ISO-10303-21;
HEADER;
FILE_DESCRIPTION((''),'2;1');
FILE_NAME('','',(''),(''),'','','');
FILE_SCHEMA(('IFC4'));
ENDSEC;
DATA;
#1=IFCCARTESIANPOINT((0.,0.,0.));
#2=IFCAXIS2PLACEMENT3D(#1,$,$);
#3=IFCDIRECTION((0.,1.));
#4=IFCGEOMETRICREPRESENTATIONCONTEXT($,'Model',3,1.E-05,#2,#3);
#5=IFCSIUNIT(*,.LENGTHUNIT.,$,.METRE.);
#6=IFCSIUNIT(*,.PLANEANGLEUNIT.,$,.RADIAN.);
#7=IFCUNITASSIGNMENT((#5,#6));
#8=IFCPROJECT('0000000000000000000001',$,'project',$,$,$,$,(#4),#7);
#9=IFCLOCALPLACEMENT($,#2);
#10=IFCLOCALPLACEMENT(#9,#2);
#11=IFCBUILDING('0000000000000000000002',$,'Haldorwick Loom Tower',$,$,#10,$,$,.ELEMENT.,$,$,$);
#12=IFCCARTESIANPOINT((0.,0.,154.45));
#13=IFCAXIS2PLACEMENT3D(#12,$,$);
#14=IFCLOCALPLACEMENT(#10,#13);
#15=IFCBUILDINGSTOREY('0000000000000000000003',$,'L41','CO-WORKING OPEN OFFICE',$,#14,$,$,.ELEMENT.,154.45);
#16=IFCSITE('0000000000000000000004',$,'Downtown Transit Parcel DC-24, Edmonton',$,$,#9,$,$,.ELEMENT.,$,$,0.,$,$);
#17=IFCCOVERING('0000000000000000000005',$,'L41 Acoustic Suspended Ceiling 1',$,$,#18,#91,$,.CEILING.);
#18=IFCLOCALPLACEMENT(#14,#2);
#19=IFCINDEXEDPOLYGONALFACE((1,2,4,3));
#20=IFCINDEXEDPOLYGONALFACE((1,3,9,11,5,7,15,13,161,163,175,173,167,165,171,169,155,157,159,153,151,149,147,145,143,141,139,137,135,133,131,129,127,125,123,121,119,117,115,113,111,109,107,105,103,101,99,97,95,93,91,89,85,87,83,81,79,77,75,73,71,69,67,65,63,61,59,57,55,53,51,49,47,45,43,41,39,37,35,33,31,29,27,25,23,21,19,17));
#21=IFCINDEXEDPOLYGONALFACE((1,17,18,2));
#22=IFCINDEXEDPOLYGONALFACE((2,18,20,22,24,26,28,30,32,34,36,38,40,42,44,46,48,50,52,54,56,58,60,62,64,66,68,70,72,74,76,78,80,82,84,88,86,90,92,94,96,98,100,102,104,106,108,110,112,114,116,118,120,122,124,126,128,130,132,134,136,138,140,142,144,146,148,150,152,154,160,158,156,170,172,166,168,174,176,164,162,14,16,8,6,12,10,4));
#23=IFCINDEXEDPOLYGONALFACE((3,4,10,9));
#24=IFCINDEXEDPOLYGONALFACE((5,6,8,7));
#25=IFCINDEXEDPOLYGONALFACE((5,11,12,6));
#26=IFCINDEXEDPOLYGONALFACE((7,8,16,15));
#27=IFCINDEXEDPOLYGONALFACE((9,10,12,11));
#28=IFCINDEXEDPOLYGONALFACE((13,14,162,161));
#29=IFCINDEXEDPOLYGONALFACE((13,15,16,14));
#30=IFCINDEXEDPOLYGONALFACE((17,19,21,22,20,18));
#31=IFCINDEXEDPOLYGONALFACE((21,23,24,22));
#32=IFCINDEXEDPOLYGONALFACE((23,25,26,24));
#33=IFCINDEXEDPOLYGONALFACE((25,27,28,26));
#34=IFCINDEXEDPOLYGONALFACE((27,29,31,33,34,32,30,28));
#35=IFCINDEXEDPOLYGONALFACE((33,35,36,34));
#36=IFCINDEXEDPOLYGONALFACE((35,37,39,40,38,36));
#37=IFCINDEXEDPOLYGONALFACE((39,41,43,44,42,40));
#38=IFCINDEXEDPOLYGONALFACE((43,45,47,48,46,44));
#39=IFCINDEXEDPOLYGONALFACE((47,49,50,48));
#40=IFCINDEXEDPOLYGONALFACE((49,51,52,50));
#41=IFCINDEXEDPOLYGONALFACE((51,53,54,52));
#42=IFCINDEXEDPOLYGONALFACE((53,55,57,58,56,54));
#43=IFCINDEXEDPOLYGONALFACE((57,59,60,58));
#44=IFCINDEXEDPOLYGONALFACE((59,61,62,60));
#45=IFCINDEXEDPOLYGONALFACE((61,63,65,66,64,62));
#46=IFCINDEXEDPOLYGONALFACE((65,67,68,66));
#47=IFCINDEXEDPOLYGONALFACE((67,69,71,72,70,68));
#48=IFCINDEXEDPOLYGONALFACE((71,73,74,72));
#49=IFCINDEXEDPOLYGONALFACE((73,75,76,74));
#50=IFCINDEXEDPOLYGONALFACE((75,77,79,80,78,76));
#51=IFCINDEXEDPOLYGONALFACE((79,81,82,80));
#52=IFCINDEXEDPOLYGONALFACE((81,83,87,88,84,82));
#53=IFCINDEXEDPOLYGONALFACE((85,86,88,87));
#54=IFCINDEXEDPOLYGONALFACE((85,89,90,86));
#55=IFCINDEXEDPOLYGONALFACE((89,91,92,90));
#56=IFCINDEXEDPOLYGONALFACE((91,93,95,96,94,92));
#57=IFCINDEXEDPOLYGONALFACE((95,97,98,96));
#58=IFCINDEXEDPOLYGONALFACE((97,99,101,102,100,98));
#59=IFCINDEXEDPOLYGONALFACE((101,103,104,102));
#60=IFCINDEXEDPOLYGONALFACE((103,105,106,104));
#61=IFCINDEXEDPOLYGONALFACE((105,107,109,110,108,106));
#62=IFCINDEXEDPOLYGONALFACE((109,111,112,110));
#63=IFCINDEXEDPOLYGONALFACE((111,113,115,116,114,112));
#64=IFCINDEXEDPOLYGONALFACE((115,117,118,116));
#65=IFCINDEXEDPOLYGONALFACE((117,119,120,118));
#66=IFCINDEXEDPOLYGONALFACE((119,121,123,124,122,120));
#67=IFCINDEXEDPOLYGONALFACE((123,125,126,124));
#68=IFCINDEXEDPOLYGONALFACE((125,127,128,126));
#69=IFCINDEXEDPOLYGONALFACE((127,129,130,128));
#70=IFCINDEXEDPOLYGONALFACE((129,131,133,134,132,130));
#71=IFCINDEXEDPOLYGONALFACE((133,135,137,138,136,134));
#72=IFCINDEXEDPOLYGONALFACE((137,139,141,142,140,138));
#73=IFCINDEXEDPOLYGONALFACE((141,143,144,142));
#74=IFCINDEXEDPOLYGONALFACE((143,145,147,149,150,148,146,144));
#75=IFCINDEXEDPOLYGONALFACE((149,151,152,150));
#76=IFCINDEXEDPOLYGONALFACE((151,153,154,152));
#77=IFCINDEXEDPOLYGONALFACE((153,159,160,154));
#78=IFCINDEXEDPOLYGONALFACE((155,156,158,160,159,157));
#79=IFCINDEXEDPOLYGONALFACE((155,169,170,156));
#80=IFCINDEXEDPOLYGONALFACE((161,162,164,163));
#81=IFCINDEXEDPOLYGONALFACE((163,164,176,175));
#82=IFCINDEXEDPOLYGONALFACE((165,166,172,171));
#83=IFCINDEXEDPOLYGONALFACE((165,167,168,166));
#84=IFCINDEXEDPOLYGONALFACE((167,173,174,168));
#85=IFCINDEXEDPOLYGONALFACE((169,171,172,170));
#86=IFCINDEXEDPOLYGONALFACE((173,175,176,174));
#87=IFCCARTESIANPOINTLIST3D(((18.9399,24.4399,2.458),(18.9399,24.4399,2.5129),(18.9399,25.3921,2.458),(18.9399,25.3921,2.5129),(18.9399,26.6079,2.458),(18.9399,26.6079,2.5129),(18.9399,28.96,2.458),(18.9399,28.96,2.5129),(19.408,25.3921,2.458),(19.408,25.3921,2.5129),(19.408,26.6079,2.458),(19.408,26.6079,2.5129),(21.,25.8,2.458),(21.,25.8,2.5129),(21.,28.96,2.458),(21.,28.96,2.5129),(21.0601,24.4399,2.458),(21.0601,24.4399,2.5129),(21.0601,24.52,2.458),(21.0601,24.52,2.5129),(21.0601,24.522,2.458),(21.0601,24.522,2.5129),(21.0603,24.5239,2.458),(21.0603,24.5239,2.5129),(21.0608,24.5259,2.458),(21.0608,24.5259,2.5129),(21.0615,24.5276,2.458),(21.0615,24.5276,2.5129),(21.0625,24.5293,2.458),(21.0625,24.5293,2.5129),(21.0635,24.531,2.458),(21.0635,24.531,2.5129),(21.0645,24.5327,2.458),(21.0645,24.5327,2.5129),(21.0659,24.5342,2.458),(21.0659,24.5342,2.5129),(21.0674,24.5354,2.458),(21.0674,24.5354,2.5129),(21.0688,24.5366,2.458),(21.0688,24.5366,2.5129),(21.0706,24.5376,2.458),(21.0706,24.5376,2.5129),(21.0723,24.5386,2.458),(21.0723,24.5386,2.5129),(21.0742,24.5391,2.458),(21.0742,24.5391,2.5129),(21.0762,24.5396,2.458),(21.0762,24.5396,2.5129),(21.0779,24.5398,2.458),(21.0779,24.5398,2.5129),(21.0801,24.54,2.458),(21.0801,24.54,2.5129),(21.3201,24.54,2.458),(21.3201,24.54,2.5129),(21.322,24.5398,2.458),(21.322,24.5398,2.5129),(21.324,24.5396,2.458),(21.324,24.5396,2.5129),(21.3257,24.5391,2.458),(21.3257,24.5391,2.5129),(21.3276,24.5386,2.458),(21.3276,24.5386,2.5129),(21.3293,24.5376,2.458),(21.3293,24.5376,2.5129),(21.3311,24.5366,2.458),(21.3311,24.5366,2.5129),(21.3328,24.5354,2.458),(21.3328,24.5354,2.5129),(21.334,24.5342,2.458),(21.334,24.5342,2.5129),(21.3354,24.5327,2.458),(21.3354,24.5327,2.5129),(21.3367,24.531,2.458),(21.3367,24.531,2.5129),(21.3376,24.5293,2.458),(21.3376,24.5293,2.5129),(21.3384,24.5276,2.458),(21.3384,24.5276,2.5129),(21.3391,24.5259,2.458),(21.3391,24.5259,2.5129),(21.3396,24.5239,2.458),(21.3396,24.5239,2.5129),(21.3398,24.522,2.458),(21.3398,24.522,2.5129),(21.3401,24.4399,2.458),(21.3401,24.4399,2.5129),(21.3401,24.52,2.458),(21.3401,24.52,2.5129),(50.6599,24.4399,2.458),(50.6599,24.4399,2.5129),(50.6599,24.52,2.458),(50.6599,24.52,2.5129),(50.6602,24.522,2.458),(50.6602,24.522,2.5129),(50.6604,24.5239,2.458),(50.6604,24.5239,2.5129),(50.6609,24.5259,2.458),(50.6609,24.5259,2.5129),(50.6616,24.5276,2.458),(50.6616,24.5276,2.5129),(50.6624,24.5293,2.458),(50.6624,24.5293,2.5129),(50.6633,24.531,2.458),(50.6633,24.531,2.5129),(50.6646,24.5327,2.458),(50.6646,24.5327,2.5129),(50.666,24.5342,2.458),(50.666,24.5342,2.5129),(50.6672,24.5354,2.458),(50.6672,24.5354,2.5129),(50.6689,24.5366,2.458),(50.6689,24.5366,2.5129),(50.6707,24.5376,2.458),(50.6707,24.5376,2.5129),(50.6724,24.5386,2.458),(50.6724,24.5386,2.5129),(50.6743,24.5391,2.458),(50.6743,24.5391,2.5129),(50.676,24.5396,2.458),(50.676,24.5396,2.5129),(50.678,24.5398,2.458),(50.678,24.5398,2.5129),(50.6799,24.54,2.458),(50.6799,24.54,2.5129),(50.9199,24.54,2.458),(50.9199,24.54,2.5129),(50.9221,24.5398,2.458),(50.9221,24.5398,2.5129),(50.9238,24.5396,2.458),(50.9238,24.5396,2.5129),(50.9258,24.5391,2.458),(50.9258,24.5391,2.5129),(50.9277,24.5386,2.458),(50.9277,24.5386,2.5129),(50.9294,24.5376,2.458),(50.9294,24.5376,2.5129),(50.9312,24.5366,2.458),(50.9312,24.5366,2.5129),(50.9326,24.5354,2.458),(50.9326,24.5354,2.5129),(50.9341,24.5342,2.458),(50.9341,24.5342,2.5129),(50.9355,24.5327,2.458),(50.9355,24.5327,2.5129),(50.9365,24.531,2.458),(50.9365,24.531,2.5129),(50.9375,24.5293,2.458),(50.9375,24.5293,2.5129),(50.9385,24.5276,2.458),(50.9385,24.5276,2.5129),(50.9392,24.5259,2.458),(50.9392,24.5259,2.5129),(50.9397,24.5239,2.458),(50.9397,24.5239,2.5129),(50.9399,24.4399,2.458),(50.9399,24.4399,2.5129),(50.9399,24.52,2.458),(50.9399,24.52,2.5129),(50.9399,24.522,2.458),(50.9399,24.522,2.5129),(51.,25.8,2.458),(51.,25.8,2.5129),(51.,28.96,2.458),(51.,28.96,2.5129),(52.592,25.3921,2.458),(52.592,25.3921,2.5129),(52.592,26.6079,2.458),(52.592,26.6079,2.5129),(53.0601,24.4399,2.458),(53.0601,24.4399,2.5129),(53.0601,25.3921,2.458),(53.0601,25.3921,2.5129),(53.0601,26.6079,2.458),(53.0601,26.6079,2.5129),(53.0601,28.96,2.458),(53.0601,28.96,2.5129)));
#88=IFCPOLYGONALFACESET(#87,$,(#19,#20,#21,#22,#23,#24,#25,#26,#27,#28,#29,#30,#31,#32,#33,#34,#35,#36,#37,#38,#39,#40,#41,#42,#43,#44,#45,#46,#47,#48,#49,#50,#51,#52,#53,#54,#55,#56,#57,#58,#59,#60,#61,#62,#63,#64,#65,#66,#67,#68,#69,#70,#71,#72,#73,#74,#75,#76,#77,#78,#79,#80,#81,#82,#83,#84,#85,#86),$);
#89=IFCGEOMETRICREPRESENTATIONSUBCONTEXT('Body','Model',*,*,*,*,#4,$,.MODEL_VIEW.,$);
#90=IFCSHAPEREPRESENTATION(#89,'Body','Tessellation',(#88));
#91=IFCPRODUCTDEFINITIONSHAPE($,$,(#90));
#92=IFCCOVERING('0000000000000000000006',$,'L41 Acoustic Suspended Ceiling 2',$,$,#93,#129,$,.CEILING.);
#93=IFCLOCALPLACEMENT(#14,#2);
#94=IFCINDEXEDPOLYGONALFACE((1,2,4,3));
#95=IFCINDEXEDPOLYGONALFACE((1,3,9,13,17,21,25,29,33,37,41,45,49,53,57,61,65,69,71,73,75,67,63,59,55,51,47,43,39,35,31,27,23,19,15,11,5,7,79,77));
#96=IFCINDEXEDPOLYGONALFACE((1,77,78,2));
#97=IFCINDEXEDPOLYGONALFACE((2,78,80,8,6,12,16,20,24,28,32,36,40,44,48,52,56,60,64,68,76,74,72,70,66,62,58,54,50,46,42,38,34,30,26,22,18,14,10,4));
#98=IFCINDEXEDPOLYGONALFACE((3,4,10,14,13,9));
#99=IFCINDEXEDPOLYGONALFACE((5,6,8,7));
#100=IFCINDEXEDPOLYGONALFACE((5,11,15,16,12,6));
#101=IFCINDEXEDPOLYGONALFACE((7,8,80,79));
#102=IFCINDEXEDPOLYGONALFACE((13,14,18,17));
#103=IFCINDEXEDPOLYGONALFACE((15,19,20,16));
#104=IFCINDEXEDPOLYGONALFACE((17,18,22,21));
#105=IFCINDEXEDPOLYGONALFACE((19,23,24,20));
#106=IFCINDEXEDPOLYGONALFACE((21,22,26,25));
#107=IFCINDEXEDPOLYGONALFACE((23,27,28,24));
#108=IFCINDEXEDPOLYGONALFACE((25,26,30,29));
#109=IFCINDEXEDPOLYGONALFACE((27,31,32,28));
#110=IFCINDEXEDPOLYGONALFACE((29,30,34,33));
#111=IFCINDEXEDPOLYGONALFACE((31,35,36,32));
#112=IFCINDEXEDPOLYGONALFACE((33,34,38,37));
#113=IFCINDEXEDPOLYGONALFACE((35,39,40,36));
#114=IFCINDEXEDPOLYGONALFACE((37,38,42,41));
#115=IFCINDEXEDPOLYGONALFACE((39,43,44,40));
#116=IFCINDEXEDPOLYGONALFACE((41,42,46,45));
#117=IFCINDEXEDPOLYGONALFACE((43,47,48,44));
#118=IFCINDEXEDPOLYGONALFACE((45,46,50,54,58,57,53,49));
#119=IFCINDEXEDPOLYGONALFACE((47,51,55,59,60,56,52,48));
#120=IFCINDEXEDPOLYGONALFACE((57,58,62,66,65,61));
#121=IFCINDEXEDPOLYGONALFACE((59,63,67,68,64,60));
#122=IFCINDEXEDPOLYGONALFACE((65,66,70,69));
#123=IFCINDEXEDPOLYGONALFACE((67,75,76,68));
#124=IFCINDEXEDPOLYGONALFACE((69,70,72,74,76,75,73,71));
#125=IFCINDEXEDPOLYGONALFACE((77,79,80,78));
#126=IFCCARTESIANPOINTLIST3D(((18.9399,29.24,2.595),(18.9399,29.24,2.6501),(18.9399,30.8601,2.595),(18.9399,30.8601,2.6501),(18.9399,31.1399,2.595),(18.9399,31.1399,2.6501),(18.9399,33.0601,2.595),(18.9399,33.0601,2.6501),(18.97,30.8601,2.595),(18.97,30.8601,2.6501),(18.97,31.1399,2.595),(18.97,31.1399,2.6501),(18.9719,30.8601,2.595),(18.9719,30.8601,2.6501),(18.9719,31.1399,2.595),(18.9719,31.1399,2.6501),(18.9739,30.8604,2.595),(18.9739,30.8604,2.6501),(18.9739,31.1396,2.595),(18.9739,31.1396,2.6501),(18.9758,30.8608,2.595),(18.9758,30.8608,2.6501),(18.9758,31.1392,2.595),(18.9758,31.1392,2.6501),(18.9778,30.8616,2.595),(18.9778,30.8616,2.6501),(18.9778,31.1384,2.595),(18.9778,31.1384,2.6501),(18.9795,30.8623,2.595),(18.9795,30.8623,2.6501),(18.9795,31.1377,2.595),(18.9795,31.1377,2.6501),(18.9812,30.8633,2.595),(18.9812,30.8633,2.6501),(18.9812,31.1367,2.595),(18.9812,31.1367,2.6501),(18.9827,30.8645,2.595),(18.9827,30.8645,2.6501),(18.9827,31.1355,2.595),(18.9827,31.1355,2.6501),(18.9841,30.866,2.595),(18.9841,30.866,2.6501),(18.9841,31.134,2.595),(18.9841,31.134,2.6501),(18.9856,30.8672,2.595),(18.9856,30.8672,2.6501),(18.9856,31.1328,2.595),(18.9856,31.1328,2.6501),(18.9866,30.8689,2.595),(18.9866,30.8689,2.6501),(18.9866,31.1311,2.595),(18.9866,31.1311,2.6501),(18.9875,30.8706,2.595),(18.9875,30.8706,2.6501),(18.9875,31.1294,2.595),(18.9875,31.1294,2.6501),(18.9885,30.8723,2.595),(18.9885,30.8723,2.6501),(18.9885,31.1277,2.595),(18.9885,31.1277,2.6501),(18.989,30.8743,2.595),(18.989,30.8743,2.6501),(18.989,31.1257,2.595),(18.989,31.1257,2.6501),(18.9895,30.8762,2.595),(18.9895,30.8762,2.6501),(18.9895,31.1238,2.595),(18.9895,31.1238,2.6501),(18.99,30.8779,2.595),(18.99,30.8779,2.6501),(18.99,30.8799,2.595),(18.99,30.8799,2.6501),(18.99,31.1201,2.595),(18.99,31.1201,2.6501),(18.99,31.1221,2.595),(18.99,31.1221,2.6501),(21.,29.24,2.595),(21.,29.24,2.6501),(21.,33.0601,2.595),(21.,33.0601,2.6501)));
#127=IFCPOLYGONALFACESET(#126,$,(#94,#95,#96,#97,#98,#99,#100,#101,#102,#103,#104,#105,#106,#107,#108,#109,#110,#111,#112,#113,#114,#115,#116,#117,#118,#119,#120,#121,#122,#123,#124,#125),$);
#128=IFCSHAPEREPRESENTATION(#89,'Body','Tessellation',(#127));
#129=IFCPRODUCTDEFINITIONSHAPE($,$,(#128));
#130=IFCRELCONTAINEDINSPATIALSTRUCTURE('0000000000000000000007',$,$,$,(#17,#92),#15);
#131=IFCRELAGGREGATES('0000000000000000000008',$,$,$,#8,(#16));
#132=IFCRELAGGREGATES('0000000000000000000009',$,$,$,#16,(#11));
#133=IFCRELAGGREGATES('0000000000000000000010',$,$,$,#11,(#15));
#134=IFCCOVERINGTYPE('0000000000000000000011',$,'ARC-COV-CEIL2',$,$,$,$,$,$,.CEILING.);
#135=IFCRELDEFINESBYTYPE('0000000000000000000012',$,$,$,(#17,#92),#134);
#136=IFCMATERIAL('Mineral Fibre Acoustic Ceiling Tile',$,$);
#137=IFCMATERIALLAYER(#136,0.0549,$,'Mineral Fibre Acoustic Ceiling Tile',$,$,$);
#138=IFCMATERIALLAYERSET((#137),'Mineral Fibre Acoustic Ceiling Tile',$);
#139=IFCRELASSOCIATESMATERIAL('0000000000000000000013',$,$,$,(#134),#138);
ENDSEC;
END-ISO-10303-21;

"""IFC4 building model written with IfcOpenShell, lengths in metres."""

from ifc_helpers import new_model, si_unit, direction, frame, origin, place, context, subcontext, project, spatial, polyline, outline, extrude, material, layer, layer_set, type_object, element, save


model = new_model("IFC4")

# Units and contexts
model_context = context("Model", 3, precision=1e-05, world=origin(), true_north=direction((0.0, 1.0)))
body_context = subcontext(model_context, "Body", "Model", "MODEL_VIEW")
ifc_project = project(units=[si_unit("LENGTHUNIT", "METRE"), si_unit("PLANEANGLEUNIT", "RADIAN")], contexts=[model_context])

# Site, building, storey
site_placement = place(None, origin())
site = spatial("IfcSite", under=ifc_project, at=site_placement, Name="Downtown Transit Parcel DC-24, Edmonton", CompositionType="ELEMENT", RefElevation=0.0)
building_placement = place(site_placement, origin())
building = spatial("IfcBuilding", under=site, at=building_placement, Name="Haldorwick Loom Tower", CompositionType="ELEMENT")
storey_placement = place(building_placement, frame((0.0, 0.0, 154.45)))
storey = spatial("IfcBuildingStorey", under=building, at=storey_placement, Name="L41", Description="CO-WORKING OPEN OFFICE", CompositionType="ELEMENT", Elevation=154.45)

# Coverings
ifc_material_1 = material(Name="Mineral Fibre Acoustic Ceiling Tile")
ifc_layer_1 = layer(ifc_material_1, 0.0549, Name="Mineral Fibre Acoustic Ceiling Tile")
ifc_layer_set_1 = layer_set([ifc_layer_1], Name="Mineral Fibre Acoustic Ceiling Tile")
covering_type_1 = type_object("IfcCoveringType", Name="ARC-COV-CEIL2", PredefinedType="CEILING", material=ifc_layer_set_1)
covering_1_placement = place(storey_placement, frame((0.0, 0.0, 2.458)))
element("IfcCovering", 1, at=covering_1_placement, inside=storey, type_object=covering_type_1, Name="L41 Acoustic Suspended Ceiling 1", PredefinedType="CEILING", context=body_context, shape_type="SweptSolid", body=[
    extrude(outline(polyline([(51.0, 28.96), (51.0, 25.8), (21.0, 25.8), (21.0, 28.96), (18.9399, 28.96), (18.9399, 26.6079), (19.408, 26.6079), (19.408, 25.3921), (18.9399, 25.3921), (18.9399, 24.4399), (21.0601, 24.4399), (21.0601, 24.52), (21.0601, 24.522), (21.0603, 24.5239), (21.0608, 24.5259), (21.0615, 24.5276), (21.0625, 24.5293), (21.0635, 24.531), (21.0645, 24.5327), (21.0659, 24.5342), (21.0674, 24.5354), (21.0688, 24.5366), (21.0706, 24.5376), (21.0723, 24.5386), (21.0742, 24.5391), (21.0762, 24.5396), (21.0779, 24.5398), (21.0801, 24.54), (21.3201, 24.54), (21.322, 24.5398), (21.324, 24.5396), (21.3257, 24.5391), (21.3276, 24.5386), (21.3293, 24.5376), (21.3311, 24.5366), (21.3328, 24.5354), (21.334, 24.5342), (21.3354, 24.5327), (21.3367, 24.531), (21.3376, 24.5293), (21.3384, 24.5276), (21.3391, 24.5259), (21.3396, 24.5239), (21.3398, 24.522), (21.3401, 24.52), (21.3401, 24.4399), (50.6599, 24.4399), (50.6599, 24.52), (50.6602, 24.522), (50.6604, 24.5239), (50.6609, 24.5259), (50.6616, 24.5276), (50.6624, 24.5293), (50.6633, 24.531), (50.6646, 24.5327), (50.666, 24.5342), (50.6672, 24.5354), (50.6689, 24.5366), (50.6707, 24.5376), (50.6724, 24.5386), (50.6743, 24.5391), (50.676, 24.5396), (50.678, 24.5398), (50.6799, 24.54), (50.9199, 24.54), (50.9221, 24.5398), (50.9238, 24.5396), (50.9258, 24.5391), (50.9277, 24.5386), (50.9294, 24.5376), (50.9312, 24.5366), (50.9326, 24.5354), (50.9341, 24.5342), (50.9355, 24.5327), (50.9365, 24.531), (50.9375, 24.5293), (50.9385, 24.5276), (50.9392, 24.5259), (50.9397, 24.5239), (50.9399, 24.522), (50.9399, 24.52), (50.9399, 24.4399), (53.0601, 24.4399), (53.0601, 25.3921), (52.592, 25.3921), (52.592, 26.6079), (53.0601, 26.6079), (53.0601, 28.96), (51.0, 28.96)])), origin(), (0.0, 0.0, 1.0), 0.0549),
])
covering_2_placement = place(storey_placement, frame((0.0, 0.0, 2.595)))
element("IfcCovering", 2, at=covering_2_placement, inside=storey, type_object=covering_type_1, Name="L41 Acoustic Suspended Ceiling 2", PredefinedType="CEILING", context=body_context, shape_type="SweptSolid", body=[
    extrude(outline(polyline([(18.97, 31.1399), (18.9719, 31.1399), (18.9739, 31.1396), (18.9758, 31.1392), (18.9778, 31.1384), (18.9795, 31.1377), (18.9812, 31.1367), (18.9827, 31.1355), (18.9841, 31.134), (18.9856, 31.1328), (18.9866, 31.1311), (18.9875, 31.1294), (18.9885, 31.1277), (18.989, 31.1257), (18.9895, 31.1238), (18.99, 31.1221), (18.99, 31.1201), (18.99, 30.8799), (18.99, 30.8779), (18.9895, 30.8762), (18.989, 30.8743), (18.9885, 30.8723), (18.9875, 30.8706), (18.9866, 30.8689), (18.9856, 30.8672), (18.9841, 30.866), (18.9827, 30.8645), (18.9812, 30.8633), (18.9795, 30.8623), (18.9778, 30.8616), (18.9758, 30.8608), (18.9739, 30.8604), (18.9719, 30.8601), (18.97, 30.8601), (18.9399, 30.8601), (18.9399, 29.24), (21.0, 29.24), (21.0, 33.0601), (18.9399, 33.0601), (18.9399, 31.1399), (18.97, 31.1399)])), origin(), (0.0, 0.0, 1.0), 0.0552),
])

save(model, "model.ifc")
